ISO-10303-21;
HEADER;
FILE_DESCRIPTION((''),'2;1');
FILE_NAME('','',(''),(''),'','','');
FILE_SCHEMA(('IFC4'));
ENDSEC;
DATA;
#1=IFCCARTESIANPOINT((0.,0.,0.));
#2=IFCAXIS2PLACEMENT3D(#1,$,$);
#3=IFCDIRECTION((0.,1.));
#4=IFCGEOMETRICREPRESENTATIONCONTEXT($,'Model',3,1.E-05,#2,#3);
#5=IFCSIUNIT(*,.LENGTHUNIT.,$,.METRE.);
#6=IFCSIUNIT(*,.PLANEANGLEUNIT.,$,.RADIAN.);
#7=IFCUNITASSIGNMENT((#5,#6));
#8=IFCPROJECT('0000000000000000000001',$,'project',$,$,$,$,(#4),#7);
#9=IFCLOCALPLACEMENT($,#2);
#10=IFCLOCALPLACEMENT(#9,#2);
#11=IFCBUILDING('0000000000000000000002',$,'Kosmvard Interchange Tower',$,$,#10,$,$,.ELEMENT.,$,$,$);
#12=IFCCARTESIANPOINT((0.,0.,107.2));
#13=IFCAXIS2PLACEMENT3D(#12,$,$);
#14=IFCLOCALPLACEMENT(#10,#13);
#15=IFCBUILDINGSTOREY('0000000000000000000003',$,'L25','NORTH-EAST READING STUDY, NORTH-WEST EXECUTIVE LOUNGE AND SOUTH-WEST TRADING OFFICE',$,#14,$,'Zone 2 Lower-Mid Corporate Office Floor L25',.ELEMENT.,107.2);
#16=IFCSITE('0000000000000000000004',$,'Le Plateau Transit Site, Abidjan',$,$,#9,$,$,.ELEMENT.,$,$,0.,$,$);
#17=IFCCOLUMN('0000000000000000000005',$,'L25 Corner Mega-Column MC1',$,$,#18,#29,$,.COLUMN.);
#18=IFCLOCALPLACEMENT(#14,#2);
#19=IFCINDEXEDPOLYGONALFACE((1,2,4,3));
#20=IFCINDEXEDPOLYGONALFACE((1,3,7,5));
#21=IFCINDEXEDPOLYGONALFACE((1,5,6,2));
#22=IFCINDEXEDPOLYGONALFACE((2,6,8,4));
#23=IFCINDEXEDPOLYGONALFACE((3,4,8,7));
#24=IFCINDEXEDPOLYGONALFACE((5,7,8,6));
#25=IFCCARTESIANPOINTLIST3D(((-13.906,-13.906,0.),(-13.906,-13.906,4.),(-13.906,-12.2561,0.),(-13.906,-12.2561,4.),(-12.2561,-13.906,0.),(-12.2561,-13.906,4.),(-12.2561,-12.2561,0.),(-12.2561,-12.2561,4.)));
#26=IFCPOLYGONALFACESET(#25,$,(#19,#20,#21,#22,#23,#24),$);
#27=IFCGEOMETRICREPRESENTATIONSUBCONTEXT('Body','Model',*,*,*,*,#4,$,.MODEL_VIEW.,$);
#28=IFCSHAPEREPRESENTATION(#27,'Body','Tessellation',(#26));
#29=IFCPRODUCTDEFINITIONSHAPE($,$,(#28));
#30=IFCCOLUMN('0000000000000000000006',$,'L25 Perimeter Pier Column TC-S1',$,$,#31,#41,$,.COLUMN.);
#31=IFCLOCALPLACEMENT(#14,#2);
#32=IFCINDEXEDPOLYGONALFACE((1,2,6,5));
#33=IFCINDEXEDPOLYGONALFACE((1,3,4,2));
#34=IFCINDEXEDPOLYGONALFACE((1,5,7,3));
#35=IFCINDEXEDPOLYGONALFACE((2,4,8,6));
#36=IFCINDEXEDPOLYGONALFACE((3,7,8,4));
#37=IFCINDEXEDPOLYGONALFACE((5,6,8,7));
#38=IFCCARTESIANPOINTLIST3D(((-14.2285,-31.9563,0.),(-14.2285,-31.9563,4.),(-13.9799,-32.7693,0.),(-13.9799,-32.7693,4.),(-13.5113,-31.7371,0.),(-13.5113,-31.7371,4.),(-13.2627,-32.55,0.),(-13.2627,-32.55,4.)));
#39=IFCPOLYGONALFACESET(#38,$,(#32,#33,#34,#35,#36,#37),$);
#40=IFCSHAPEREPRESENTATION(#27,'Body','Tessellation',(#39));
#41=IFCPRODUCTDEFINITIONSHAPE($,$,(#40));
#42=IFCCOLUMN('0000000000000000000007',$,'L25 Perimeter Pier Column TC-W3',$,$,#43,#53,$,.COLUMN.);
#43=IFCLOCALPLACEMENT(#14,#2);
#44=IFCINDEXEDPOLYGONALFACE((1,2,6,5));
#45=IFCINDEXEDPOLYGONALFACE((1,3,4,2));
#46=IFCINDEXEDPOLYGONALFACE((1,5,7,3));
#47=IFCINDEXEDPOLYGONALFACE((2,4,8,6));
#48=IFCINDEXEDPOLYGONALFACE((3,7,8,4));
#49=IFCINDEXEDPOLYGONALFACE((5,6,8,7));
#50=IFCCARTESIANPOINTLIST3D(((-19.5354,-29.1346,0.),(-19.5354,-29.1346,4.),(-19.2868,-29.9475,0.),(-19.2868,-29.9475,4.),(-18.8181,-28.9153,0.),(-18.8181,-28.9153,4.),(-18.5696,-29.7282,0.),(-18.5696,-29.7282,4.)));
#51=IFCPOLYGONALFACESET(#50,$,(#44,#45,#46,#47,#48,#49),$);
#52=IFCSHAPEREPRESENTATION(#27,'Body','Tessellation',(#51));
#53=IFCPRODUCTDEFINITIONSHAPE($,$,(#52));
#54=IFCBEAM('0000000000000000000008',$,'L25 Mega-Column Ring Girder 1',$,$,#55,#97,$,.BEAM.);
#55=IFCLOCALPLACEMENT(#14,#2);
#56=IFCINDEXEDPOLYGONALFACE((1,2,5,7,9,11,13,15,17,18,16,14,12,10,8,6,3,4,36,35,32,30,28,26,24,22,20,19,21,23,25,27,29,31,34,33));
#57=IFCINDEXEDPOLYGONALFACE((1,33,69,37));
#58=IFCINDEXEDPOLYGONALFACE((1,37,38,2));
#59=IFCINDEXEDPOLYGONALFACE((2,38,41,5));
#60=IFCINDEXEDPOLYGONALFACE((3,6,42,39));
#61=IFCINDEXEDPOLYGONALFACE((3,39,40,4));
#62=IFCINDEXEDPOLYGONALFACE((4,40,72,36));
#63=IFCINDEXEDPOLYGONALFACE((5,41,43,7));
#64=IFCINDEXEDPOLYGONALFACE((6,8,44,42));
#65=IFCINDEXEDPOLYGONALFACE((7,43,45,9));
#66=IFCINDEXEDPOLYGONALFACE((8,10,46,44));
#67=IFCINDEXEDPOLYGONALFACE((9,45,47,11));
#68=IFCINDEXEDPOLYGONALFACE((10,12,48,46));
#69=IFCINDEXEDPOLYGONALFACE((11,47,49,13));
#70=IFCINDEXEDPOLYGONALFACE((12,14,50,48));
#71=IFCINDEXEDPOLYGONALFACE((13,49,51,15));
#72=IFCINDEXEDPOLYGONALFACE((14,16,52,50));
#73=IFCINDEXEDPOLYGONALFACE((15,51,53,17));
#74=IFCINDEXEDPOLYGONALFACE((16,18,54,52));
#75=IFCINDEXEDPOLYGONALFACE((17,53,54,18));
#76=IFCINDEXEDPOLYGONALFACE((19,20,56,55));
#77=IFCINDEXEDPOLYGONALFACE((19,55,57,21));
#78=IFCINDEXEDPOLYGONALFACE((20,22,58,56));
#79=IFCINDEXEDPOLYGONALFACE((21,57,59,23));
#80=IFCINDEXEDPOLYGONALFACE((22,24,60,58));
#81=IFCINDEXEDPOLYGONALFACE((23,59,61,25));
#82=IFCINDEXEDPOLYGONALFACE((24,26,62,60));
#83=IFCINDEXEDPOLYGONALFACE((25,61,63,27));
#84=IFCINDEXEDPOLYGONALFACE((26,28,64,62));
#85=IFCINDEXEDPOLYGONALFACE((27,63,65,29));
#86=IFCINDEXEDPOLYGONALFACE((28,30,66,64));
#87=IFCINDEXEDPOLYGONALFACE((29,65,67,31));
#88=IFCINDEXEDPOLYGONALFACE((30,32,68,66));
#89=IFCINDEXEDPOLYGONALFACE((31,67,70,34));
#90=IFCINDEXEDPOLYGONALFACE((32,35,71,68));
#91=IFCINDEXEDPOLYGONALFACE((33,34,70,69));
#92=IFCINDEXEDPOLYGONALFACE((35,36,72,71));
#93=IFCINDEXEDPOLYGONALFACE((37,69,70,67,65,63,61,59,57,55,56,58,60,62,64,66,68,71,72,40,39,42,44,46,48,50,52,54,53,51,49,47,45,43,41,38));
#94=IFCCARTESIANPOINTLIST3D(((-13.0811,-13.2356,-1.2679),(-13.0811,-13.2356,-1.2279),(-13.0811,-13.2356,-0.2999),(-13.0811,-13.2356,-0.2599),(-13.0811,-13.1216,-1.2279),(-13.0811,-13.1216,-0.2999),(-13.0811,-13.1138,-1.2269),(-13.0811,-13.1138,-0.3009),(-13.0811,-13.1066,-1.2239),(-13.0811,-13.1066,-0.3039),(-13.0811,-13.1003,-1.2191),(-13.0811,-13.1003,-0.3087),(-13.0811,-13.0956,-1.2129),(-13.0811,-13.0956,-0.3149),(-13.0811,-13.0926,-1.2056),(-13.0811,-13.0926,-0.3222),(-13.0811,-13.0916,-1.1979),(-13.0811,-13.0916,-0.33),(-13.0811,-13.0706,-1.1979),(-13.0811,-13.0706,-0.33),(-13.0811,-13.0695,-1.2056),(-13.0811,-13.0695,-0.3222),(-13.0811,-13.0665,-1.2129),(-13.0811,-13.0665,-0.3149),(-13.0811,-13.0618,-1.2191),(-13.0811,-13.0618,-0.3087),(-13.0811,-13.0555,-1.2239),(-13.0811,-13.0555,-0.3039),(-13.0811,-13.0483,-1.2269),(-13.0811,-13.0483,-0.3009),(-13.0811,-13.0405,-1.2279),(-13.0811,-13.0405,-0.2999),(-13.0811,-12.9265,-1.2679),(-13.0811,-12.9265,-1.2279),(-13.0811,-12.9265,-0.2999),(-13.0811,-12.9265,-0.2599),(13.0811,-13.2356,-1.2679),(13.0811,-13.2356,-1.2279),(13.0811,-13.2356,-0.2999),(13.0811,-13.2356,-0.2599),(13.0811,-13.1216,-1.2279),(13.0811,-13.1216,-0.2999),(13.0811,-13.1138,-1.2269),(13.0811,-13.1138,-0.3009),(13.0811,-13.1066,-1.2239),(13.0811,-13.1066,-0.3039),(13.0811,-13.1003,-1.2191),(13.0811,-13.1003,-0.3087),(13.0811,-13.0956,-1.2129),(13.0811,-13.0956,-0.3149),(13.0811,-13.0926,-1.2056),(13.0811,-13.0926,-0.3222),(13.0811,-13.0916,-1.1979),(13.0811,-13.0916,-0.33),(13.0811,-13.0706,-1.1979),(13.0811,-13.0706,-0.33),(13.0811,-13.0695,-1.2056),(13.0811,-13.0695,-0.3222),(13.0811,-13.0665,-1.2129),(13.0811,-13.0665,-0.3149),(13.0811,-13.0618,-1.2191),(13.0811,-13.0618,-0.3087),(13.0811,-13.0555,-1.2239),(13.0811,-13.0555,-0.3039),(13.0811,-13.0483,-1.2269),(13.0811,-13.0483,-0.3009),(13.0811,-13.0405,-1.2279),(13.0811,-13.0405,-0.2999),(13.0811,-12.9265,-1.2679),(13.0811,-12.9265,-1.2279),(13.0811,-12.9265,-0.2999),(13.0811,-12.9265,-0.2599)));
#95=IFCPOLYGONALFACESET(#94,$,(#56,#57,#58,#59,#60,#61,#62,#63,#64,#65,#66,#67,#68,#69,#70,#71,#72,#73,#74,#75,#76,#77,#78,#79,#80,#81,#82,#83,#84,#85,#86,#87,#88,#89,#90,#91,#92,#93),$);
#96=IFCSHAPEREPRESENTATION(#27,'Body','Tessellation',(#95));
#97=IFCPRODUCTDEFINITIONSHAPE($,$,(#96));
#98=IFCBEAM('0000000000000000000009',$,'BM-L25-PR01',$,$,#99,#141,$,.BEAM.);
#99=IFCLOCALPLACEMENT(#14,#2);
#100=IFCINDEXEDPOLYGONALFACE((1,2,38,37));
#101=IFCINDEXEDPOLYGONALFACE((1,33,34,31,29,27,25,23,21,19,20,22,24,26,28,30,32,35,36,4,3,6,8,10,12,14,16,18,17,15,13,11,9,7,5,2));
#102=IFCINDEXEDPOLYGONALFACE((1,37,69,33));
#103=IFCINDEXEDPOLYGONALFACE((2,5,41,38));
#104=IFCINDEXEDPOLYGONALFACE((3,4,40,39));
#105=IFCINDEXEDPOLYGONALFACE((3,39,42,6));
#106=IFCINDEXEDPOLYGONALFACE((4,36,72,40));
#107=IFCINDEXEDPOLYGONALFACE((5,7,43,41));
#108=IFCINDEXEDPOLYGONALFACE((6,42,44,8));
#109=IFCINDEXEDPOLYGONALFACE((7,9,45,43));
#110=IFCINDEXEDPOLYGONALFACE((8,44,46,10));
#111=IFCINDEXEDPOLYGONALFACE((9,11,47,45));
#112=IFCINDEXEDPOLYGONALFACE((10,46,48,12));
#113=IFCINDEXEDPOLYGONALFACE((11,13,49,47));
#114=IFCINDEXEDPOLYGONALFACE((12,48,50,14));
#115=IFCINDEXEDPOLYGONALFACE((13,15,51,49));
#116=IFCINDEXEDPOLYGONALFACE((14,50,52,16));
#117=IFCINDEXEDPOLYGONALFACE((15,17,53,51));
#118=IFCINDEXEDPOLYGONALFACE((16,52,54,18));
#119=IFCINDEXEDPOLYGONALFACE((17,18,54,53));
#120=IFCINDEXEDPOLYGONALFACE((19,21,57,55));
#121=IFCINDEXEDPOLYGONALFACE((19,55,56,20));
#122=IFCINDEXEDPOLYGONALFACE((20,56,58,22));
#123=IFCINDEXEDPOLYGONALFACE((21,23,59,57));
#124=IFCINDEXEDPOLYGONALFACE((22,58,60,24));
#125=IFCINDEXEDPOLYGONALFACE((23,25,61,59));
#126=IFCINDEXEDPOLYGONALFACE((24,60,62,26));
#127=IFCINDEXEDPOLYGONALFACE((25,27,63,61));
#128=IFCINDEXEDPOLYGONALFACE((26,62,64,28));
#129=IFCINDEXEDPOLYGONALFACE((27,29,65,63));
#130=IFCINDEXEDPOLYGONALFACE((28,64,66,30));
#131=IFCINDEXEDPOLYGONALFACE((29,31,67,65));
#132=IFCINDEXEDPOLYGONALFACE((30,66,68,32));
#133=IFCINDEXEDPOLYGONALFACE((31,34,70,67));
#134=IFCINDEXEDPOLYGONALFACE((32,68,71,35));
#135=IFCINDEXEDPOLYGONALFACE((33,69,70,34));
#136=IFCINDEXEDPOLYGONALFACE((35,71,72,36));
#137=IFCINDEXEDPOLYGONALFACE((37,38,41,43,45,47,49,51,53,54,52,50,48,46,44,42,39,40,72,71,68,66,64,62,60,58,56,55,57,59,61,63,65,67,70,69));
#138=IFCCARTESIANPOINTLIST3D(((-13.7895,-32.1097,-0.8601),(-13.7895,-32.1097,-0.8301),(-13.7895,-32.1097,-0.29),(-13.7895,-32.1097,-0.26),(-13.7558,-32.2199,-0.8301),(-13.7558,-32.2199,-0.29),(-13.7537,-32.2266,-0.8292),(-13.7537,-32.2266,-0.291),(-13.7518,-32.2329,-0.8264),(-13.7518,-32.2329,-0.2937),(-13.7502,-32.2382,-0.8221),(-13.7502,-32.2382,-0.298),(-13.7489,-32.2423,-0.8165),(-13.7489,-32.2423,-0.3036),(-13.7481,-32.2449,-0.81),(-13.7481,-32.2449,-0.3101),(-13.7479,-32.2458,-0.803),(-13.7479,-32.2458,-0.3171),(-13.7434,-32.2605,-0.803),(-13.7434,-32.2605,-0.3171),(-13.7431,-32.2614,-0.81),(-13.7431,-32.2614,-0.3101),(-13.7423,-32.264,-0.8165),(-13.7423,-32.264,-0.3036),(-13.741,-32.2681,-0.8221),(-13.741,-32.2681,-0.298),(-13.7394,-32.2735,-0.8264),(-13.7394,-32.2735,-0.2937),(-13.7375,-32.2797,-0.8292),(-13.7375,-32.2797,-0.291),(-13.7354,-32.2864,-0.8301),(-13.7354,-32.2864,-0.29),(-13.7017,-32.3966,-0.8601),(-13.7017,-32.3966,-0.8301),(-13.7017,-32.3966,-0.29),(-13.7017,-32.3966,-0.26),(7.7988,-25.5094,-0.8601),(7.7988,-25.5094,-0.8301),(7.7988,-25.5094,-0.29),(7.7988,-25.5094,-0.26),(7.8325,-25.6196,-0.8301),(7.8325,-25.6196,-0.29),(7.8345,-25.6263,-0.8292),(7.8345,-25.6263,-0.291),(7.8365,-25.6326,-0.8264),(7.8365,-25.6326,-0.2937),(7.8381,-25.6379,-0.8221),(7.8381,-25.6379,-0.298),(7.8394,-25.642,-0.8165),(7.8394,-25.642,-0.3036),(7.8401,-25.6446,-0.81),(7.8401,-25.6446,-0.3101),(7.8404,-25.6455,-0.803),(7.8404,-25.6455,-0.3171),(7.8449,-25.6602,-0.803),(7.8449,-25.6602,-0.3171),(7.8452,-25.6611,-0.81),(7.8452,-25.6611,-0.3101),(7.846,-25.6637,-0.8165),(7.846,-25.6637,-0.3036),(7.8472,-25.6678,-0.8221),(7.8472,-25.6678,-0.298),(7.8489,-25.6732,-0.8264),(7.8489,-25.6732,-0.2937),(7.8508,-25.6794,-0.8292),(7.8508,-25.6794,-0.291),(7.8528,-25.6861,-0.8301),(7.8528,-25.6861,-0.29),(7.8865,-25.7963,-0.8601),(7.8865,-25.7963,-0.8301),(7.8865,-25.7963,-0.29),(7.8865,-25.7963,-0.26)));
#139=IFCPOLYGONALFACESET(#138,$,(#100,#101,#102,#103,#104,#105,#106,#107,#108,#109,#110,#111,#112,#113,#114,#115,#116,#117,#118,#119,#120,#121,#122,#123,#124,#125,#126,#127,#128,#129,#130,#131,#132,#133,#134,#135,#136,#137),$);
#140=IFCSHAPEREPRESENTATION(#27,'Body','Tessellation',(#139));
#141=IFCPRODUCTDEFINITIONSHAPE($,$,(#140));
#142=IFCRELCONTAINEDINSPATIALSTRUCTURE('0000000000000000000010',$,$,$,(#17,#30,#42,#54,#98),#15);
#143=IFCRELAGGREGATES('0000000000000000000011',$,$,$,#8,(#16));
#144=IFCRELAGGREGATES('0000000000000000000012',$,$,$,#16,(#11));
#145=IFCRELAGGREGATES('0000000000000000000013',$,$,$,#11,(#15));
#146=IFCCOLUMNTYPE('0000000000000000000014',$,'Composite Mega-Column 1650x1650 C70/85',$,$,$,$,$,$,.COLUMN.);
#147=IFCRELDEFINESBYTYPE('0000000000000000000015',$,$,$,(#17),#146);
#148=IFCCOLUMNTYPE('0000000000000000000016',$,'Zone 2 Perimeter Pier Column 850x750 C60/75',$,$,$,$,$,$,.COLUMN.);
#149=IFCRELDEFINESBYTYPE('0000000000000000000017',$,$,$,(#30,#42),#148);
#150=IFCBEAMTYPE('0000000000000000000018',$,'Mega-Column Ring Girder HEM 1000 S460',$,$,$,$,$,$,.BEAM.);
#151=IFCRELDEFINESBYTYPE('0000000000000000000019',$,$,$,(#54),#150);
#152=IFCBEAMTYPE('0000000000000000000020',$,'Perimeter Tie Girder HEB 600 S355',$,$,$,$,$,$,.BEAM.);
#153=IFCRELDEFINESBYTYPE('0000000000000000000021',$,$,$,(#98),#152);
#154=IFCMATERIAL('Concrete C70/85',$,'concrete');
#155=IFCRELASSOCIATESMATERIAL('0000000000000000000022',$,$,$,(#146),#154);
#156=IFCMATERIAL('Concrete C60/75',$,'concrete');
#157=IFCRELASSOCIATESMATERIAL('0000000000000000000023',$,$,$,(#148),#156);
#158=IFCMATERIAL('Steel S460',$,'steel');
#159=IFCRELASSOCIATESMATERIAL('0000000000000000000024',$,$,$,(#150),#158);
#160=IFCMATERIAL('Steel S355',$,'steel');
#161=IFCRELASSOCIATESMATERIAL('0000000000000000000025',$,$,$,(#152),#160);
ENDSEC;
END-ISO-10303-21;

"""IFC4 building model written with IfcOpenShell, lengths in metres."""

from ifc_helpers import new_model, si_unit, direction, frame, origin, origin_2d, place, context, subcontext, project, spatial, rectangle, i_section, extrude, source, transform, mapped, material, material_profile, profile_set, type_object, element, save


model = new_model("IFC4")

# Units and contexts
model_context = context("Model", 3, precision=1e-05, world=origin(), true_north=direction((0.0, 1.0)))
body_context = subcontext(model_context, "Body", "Model", "MODEL_VIEW")
ifc_project = project(units=[si_unit("LENGTHUNIT", "METRE"), si_unit("PLANEANGLEUNIT", "RADIAN")], contexts=[model_context])

# Site, building, storey
site_placement = place(None, origin())
site = spatial("IfcSite", under=ifc_project, at=site_placement, Name="Le Plateau Transit Site, Abidjan", CompositionType="ELEMENT", RefElevation=0.0)
building_placement = place(site_placement, origin())
building = spatial("IfcBuilding", under=site, at=building_placement, Name="Kosmvard Interchange Tower", CompositionType="ELEMENT")
storey_placement = place(building_placement, frame((0.0, 0.0, 107.2)))
storey = spatial("IfcBuildingStorey", under=building, at=storey_placement, Name="L25", Description="NORTH-EAST READING STUDY, NORTH-WEST EXECUTIVE LOUNGE AND SOUTH-WEST TRADING OFFICE", LongName="Zone 2 Lower-Mid Corporate Office Floor L25", CompositionType="ELEMENT", Elevation=107.2)

# Columns
ifc_material_1 = material(Name="Concrete C70/85", Category="concrete")
ifc_material_profile_1 = material_profile(ifc_material_1, rectangle(XDim=1.6499, YDim=1.6499, at=origin_2d()), Name="MC 1650x1650")
ifc_profile_set_1 = profile_set([ifc_material_profile_1], Name="Concrete C70/85")
column_type_1 = type_object("IfcColumnType", Name="Composite Mega-Column 1650x1650 C70/85", PredefinedType="COLUMN", material=ifc_profile_set_1)
shared_shape_1 = source(origin(), body_context, "Body", "SweptSolid", [
    extrude(rectangle(XDim=1.6499, YDim=1.6499, at=origin_2d()), origin(), (0.0, 0.0, 1.0), 4.0),
])
column_placement = place(storey_placement, frame((-13.0811, -13.0811, 0.0), z_axis=(0.0, 0.0, 1.0), x_axis=(1.0, 0.0, 0.0)))
element("IfcColumn", 1, at=column_placement, inside=storey, type_object=column_type_1, Name="L25 Corner Mega-Column MC1", PredefinedType="COLUMN", context=body_context, shape_type="MappedRepresentation", body=[
    mapped(shared_shape_1, transform((0.0, 0.0, 0.0), scale=1.0)),
])
ifc_material_2 = material(Name="Concrete C60/75", Category="concrete")
ifc_material_profile_2 = material_profile(ifc_material_2, rectangle(XDim=0.75, YDim=0.8501, at=origin_2d()), Name="TC 850x750")
ifc_profile_set_2 = profile_set([ifc_material_profile_2], Name="Concrete C60/75")
column_type_2 = type_object("IfcColumnType", Name="Zone 2 Perimeter Pier Column 850x750 C60/75", PredefinedType="COLUMN", material=ifc_profile_set_2)
shared_shape_2 = source(origin(), body_context, "Body", "SweptSolid", [
    extrude(rectangle(XDim=0.75, YDim=0.8501, at=origin_2d()), origin(), (0.0, 0.0, 1.0), 4.0),
])
for number, where, z_axis, x_axis, name in (
    (2, (-13.7456, -32.2532, 0.0), (0.0, 0.0, 1.0), (0.956305, 0.292372, 0.0), "L25 Perimeter Pier Column TC-S1"),
    (3, (-19.0525, -29.4314, 0.0), (0.0, 0.0, 1.0), (0.956305, 0.292372, 0.0), "L25 Perimeter Pier Column TC-W3"),
):
    element("IfcColumn", number, at=place(storey_placement, frame(where, z_axis=z_axis, x_axis=x_axis)), inside=storey, type_object=column_type_2, Name=name, PredefinedType="COLUMN", context=body_context, shape_type="MappedRepresentation", body=[
        mapped(shared_shape_2, transform((0.0, 0.0, 0.0), scale=1.0)),
    ])

# Beams
ifc_material_3 = material(Name="Steel S460", Category="steel")
ifc_material_profile_3 = material_profile(ifc_material_3, i_section(OverallWidth=0.3091, OverallDepth=1.0081, WebThickness=0.021, FlangeThickness=0.04, FilletRadius=0.03, at=origin_2d()), Name="HEM 1000")
ifc_profile_set_3 = profile_set([ifc_material_profile_3], Name="Steel S460")
beam_type_1 = type_object("IfcBeamType", Name="Mega-Column Ring Girder HEM 1000 S460", PredefinedType="BEAM", material=ifc_profile_set_3)
shared_shape_3 = source(origin(), body_context, "Body", "SweptSolid", [
    extrude(i_section(OverallWidth=0.3091, OverallDepth=1.0081, WebThickness=0.021, FlangeThickness=0.04, FilletRadius=0.03, at=origin_2d()), origin(), (0.0, 0.0, 1.0), 26.1621),
])
beam_1_placement = place(storey_placement, frame((-13.0811, -13.0811, -0.7639), z_axis=(1.0, 0.0, 0.0), x_axis=(0.0, 1.0, 0.0)))
element("IfcBeam", 4, at=beam_1_placement, inside=storey, type_object=beam_type_1, Name="L25 Mega-Column Ring Girder 1", PredefinedType="BEAM", context=body_context, shape_type="MappedRepresentation", body=[
    mapped(shared_shape_3, transform((0.0, 0.0, 0.0), scale=1.0)),
])
ifc_material_4 = material(Name="Steel S355", Category="steel")
ifc_material_profile_4 = material_profile(ifc_material_4, i_section(OverallWidth=0.3, OverallDepth=0.6001, WebThickness=0.0154, FlangeThickness=0.03, FilletRadius=0.0271, at=origin_2d()), Name="HEB 600")
ifc_profile_set_4 = profile_set([ifc_material_profile_4], Name="Steel S355")
beam_type_2 = type_object("IfcBeamType", Name="Perimeter Tie Girder HEB 600 S355", PredefinedType="BEAM", material=ifc_profile_set_4)
shared_shape_4 = source(origin(), body_context, "Body", "SweptSolid", [
    extrude(i_section(OverallWidth=0.3, OverallDepth=0.6001, WebThickness=0.0154, FlangeThickness=0.03, FilletRadius=0.0271, at=origin_2d()), origin(), (0.0, 0.0, 1.0), 22.5747),
])
beam_2_placement = place(storey_placement, frame((-13.7456, -32.2532, -0.5601), z_axis=(0.956303, 0.292376, 0.0), x_axis=(-0.292376, 0.956303, 0.0)))
element("IfcBeam", 5, at=beam_2_placement, inside=storey, type_object=beam_type_2, Name="BM-L25-PR01", PredefinedType="BEAM", context=body_context, shape_type="MappedRepresentation", body=[
    mapped(shared_shape_4, transform((0.0, 0.0, 0.0), scale=1.0)),
])

save(model, "model.ifc")
